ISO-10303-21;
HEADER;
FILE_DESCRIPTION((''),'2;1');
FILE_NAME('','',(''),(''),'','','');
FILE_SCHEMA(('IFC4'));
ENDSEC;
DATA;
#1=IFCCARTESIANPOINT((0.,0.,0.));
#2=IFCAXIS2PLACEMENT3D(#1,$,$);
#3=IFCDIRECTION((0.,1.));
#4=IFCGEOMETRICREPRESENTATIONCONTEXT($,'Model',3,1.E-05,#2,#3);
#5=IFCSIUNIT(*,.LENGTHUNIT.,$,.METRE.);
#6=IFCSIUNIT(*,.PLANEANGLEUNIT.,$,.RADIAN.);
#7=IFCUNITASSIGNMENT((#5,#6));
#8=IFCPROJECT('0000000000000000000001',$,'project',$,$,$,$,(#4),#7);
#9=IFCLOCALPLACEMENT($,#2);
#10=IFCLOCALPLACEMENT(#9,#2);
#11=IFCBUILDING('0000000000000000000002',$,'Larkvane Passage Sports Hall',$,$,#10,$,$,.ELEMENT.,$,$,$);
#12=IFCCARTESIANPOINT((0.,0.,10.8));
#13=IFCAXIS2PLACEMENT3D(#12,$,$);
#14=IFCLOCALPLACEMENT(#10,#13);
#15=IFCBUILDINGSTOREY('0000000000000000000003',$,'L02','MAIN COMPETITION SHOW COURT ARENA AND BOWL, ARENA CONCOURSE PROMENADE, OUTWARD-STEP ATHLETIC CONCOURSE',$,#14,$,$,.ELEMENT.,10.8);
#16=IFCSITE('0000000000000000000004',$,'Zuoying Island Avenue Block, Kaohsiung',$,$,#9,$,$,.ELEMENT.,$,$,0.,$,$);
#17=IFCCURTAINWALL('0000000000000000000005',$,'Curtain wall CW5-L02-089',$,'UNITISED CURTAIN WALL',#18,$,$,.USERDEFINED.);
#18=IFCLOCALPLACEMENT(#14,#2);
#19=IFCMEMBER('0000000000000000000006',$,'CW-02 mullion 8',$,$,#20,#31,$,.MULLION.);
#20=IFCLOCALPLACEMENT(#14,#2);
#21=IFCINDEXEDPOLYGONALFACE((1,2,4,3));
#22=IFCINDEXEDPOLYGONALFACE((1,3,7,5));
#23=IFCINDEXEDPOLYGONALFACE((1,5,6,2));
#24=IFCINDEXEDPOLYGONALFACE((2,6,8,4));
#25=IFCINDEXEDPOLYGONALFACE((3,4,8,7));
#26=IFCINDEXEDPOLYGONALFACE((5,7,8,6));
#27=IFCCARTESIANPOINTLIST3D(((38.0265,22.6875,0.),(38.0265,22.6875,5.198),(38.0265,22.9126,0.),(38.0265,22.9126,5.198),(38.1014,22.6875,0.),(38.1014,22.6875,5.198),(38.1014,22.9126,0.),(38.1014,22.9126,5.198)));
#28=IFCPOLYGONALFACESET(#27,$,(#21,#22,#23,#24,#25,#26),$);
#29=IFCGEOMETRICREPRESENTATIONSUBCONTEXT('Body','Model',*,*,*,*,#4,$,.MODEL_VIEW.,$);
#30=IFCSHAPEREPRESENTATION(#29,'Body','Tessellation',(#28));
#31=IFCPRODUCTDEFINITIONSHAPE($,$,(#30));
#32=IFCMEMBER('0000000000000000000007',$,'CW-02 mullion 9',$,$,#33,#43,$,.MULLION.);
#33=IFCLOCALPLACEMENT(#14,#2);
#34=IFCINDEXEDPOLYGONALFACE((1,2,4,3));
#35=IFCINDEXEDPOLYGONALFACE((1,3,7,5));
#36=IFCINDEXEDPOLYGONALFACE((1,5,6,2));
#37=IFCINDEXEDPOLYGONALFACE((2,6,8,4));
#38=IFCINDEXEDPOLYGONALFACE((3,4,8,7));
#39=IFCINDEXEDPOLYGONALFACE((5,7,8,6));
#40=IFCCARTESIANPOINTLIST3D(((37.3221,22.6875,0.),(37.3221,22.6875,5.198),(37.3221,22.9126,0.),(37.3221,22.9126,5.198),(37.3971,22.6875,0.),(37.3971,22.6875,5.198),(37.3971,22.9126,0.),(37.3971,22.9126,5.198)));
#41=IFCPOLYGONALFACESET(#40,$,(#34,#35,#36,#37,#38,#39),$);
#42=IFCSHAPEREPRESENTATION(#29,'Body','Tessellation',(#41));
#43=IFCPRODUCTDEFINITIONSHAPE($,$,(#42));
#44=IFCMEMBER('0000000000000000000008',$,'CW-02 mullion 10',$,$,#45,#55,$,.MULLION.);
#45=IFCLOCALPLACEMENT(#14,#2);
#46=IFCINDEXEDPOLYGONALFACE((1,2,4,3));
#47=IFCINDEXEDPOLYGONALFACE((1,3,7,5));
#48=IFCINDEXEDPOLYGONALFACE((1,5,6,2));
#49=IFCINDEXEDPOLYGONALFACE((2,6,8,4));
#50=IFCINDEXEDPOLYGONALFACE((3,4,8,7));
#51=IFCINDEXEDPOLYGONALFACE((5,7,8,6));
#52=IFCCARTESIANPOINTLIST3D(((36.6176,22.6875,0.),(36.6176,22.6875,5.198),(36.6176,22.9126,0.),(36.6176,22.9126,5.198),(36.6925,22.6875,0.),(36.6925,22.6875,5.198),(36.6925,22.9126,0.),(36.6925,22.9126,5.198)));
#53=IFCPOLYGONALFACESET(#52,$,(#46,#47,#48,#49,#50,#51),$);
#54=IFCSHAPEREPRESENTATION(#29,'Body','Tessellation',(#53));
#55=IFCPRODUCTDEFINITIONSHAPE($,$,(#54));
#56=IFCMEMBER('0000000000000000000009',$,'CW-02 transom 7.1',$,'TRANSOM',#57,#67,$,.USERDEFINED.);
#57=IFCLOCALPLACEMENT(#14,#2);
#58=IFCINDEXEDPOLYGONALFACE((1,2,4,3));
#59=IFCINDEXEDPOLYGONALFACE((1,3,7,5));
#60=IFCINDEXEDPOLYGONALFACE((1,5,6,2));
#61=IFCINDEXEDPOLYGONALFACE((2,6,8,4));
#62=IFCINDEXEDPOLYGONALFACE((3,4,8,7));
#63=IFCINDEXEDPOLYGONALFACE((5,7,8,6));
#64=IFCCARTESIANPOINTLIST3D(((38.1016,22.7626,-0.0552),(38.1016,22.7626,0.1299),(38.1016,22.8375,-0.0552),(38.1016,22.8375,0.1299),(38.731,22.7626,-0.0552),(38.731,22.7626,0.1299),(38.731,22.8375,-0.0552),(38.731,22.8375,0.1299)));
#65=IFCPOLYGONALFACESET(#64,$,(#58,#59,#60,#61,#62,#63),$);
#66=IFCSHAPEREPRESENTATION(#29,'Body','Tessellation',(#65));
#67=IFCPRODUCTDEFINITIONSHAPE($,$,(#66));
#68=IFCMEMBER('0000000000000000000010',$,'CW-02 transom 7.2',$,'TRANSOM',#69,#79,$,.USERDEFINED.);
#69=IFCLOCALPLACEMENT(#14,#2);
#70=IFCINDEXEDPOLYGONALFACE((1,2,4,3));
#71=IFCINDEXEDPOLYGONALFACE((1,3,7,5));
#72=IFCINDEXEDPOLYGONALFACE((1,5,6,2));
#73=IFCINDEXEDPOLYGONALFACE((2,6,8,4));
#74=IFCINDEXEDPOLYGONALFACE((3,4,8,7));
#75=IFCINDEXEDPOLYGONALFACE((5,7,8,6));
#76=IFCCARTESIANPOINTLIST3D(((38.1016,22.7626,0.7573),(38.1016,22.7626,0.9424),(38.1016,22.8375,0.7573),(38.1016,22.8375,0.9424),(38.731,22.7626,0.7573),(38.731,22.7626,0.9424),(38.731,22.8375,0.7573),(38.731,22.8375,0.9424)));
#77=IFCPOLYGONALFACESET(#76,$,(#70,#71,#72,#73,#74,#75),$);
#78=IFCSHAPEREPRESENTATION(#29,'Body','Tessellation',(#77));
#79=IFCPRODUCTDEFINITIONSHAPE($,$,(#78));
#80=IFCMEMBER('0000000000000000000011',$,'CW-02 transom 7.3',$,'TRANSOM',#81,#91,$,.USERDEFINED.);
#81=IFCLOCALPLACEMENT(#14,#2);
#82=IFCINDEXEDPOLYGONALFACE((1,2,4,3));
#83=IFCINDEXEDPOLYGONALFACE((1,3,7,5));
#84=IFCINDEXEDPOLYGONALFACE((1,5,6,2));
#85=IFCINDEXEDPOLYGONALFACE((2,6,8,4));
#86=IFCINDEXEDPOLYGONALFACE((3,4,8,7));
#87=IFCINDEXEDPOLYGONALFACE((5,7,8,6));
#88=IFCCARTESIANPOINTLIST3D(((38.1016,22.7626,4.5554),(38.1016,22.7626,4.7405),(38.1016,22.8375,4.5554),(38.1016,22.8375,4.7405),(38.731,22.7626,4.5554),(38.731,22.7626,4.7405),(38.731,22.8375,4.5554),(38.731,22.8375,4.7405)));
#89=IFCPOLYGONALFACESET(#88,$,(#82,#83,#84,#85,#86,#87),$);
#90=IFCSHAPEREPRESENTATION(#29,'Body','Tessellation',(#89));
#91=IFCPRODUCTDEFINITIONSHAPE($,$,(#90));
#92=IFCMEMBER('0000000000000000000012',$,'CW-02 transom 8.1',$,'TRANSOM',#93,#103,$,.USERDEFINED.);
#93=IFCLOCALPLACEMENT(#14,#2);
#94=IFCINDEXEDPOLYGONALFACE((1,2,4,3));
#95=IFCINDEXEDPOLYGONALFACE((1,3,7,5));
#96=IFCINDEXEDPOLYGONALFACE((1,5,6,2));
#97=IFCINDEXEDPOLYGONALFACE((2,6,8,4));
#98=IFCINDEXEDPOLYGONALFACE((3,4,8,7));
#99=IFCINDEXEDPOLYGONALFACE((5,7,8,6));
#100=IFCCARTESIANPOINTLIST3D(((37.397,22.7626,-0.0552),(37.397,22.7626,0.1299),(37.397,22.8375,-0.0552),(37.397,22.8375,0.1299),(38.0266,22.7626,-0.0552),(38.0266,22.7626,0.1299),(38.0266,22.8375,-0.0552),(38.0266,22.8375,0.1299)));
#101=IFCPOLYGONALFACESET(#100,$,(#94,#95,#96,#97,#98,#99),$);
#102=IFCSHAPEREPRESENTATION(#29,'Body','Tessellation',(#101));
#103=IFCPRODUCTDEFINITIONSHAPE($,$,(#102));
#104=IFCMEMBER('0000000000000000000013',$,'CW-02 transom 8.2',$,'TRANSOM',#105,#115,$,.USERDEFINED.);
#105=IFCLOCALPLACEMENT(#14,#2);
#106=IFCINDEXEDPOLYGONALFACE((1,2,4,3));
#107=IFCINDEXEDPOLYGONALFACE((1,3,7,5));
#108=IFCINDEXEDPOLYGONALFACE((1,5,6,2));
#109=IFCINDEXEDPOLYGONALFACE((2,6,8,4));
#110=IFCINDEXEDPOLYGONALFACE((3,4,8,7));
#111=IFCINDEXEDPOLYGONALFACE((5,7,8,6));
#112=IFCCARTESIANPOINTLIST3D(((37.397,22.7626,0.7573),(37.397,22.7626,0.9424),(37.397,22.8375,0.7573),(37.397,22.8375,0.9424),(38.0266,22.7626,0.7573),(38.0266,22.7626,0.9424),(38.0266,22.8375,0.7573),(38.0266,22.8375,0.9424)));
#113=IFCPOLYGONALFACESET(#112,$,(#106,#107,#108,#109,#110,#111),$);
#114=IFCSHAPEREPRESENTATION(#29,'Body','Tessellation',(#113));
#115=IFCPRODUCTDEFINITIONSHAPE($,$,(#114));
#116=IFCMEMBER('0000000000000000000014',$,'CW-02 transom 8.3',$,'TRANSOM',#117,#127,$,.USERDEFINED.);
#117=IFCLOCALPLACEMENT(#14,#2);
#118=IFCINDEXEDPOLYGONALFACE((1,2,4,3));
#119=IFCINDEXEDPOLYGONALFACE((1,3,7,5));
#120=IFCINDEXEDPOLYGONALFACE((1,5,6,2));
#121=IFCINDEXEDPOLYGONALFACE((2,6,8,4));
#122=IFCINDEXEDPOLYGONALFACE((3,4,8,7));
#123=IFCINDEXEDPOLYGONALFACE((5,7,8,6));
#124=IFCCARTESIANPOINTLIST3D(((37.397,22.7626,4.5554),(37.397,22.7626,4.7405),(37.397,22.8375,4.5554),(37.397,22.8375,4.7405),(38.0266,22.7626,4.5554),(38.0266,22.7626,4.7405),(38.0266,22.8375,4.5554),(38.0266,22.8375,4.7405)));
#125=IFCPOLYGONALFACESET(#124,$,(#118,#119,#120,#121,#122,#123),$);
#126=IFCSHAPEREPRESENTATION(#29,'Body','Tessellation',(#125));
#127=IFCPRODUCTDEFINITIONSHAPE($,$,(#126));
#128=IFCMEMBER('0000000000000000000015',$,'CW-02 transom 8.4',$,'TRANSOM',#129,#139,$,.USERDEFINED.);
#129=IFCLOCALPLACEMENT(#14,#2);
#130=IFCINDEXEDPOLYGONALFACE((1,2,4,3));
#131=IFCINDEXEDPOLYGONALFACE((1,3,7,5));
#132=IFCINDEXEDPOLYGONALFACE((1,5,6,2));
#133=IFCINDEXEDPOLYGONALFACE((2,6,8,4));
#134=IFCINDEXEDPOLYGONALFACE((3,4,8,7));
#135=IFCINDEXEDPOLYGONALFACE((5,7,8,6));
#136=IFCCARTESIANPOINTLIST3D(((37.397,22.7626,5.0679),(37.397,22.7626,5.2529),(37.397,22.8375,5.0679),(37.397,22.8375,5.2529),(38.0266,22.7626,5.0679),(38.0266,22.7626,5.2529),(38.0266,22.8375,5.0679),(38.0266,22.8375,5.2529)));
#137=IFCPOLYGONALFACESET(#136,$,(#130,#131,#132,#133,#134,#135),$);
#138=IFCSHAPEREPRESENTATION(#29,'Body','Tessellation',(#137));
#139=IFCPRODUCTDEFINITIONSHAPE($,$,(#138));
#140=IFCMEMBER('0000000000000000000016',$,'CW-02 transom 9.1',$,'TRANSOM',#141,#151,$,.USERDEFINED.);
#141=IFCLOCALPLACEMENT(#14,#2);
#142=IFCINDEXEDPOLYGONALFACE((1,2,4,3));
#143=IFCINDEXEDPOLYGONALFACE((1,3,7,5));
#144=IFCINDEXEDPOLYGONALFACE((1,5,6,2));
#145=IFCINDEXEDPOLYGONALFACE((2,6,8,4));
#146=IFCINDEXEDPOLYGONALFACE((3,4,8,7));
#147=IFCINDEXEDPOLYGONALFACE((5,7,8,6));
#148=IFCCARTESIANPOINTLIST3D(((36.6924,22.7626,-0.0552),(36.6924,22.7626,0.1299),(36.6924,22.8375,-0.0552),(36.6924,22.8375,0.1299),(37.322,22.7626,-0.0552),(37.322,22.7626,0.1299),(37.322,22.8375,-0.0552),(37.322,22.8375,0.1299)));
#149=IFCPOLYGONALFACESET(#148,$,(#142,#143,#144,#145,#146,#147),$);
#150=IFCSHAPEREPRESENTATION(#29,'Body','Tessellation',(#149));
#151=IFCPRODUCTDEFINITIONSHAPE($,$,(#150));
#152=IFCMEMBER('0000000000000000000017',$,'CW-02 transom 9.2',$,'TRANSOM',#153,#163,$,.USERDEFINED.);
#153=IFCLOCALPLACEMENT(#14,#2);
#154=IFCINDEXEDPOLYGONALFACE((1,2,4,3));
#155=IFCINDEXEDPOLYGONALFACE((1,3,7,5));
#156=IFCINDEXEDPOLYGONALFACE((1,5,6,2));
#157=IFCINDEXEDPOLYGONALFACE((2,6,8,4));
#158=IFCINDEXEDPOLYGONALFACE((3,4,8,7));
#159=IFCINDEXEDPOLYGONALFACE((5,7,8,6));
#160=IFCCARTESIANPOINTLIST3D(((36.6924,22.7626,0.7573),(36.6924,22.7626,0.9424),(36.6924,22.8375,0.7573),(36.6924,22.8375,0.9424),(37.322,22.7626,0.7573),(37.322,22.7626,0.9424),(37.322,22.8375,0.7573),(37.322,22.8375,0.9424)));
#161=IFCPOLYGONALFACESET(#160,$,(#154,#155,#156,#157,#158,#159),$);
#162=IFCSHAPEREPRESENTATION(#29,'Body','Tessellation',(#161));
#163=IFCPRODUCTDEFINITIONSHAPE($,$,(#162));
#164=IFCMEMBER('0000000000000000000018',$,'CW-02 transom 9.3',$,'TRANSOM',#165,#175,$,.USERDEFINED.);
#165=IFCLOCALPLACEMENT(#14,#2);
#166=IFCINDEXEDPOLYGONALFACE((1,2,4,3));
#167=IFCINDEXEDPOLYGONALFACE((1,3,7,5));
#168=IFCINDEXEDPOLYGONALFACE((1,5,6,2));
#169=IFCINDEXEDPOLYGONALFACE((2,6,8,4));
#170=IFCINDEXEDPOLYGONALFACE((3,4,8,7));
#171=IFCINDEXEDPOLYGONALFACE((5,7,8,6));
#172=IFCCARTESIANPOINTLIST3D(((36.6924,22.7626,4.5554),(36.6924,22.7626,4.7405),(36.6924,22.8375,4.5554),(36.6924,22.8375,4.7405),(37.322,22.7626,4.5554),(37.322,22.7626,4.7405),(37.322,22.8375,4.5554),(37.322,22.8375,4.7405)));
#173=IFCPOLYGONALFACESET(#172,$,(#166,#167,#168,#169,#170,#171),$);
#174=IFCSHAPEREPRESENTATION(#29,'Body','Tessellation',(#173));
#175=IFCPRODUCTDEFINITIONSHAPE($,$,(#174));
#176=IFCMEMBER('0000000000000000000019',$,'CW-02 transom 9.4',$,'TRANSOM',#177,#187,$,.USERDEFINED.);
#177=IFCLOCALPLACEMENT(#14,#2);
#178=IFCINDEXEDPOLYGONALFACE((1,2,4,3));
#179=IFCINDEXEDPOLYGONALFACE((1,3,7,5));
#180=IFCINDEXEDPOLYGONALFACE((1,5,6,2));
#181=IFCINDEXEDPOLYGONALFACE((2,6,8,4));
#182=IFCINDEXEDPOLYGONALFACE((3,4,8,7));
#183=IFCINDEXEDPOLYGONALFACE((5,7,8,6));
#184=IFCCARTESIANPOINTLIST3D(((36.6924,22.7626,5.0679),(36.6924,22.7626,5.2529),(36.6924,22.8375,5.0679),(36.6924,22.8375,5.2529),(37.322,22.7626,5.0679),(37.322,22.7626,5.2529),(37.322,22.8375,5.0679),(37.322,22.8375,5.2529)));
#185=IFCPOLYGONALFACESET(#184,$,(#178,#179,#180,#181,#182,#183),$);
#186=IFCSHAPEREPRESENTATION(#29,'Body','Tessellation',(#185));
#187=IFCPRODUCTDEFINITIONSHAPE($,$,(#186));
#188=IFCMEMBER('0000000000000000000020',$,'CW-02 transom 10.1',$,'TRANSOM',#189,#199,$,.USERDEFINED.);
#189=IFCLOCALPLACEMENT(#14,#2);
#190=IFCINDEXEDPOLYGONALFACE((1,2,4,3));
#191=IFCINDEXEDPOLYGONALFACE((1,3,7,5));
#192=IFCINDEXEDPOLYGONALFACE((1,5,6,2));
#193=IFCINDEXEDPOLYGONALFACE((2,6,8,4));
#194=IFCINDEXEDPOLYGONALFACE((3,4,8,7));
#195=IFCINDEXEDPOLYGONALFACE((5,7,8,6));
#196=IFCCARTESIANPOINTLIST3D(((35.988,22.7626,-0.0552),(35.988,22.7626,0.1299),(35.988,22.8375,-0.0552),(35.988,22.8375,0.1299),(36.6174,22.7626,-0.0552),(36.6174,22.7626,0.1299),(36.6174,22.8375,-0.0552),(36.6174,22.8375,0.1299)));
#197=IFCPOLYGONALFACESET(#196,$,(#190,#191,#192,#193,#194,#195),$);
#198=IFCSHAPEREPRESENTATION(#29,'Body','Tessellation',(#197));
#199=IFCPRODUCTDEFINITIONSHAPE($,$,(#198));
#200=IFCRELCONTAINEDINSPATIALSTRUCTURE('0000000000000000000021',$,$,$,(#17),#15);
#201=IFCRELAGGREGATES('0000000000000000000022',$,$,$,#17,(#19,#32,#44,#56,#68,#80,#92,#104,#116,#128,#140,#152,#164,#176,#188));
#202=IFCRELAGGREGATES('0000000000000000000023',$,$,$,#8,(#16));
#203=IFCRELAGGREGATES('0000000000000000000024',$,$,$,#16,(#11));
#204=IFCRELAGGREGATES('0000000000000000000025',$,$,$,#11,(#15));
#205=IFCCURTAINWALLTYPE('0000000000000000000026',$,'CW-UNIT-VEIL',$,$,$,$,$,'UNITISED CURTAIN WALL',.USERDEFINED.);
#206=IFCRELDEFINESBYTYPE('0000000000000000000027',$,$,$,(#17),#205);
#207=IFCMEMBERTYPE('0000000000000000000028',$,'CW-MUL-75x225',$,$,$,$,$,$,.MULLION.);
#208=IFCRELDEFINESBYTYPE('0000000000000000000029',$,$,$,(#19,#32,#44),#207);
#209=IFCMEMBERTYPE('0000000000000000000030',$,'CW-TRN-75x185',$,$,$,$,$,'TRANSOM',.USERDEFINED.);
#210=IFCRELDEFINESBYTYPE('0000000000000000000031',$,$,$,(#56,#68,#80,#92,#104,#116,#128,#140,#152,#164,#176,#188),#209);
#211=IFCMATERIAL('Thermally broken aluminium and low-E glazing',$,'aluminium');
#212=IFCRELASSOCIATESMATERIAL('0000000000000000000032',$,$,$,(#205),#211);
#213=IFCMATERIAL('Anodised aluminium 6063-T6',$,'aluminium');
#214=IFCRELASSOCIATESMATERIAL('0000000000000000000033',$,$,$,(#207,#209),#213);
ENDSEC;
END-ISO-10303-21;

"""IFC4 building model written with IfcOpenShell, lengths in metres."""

from ifc_helpers import new_model, si_unit, direction, frame, origin, origin_2d, place, context, subcontext, project, spatial, rectangle, extrude, material, material_profile, profile_set, type_object, element, aggregate, save


model = new_model("IFC4")

# Units and contexts
model_context = context("Model", 3, precision=1e-05, world=origin(), true_north=direction((0.0, 1.0)))
body_context = subcontext(model_context, "Body", "Model", "MODEL_VIEW")
ifc_project = project(units=[si_unit("LENGTHUNIT", "METRE"), si_unit("PLANEANGLEUNIT", "RADIAN")], contexts=[model_context])

# Site, building, storey
site_placement = place(None, origin())
site = spatial("IfcSite", under=ifc_project, at=site_placement, Name="Zuoying Island Avenue Block, Kaohsiung", CompositionType="ELEMENT", RefElevation=0.0)
building_placement = place(site_placement, origin())
building = spatial("IfcBuilding", under=site, at=building_placement, Name="Larkvane Passage Sports Hall", CompositionType="ELEMENT")
storey_placement = place(building_placement, frame((0.0, 0.0, 10.8)))
storey = spatial("IfcBuildingStorey", under=building, at=storey_placement, Name="L02", Description="MAIN COMPETITION SHOW COURT ARENA AND BOWL, ARENA CONCOURSE PROMENADE, OUTWARD-STEP ATHLETIC CONCOURSE", CompositionType="ELEMENT", Elevation=10.8)

# Curtain wall, members
ifc_material_1 = material(Name="Thermally broken aluminium and low-E glazing", Category="aluminium")
curtain_wall_type = type_object("IfcCurtainWallType", Name="CW-UNIT-VEIL", ElementType="UNITISED CURTAIN WALL", PredefinedType="USERDEFINED", material=ifc_material_1)
curtain_wall_placement = place(storey_placement, origin())
curtain_wall = element("IfcCurtainWall", 1, at=curtain_wall_placement, inside=storey, type_object=curtain_wall_type, Name="Curtain wall CW5-L02-089", ObjectType="UNITISED CURTAIN WALL", PredefinedType="USERDEFINED")
ifc_material_2 = material(Name="Anodised aluminium 6063-T6", Category="aluminium")
ifc_material_profile_1 = material_profile(ifc_material_2, rectangle(XDim=0.075, YDim=0.2251, at=origin_2d()), Name="ALU-MUL-75x225")
ifc_profile_set_1 = profile_set([ifc_material_profile_1], Name="Anodised aluminium 6063-T6")
member_type_1 = type_object("IfcMemberType", Name="CW-MUL-75x225", PredefinedType="MULLION", material=ifc_profile_set_1)
member_1_placement = place(storey_placement, frame((38.064, 22.8, 0.0), z_axis=(0.0, 0.0, 1.0), x_axis=(-1.0, 0.0, 0.0)))
member_1 = element("IfcMember", 2, at=member_1_placement, type_object=member_type_1, Name="CW-02 mullion 8", PredefinedType="MULLION", context=body_context, shape_type="SweptSolid", body=[
    extrude(rectangle(XDim=0.075, YDim=0.2251, at=origin_2d()), origin(), (0.0, 0.0, 1.0), 5.198),
])
member_2_placement = place(storey_placement, frame((37.3596, 22.8, 0.0), z_axis=(0.0, 0.0, 1.0), x_axis=(-1.0, 0.0, 0.0)))
member_2 = element("IfcMember", 3, at=member_2_placement, type_object=member_type_1, Name="CW-02 mullion 9", PredefinedType="MULLION", context=body_context, shape_type="SweptSolid", body=[
    extrude(rectangle(XDim=0.075, YDim=0.2251, at=origin_2d()), origin(), (0.0, 0.0, 1.0), 5.198),
])
member_3_placement = place(storey_placement, frame((36.655, 22.8, 0.0), z_axis=(0.0, 0.0, 1.0), x_axis=(-1.0, 0.0, 0.0)))
member_3 = element("IfcMember", 4, at=member_3_placement, type_object=member_type_1, Name="CW-02 mullion 10", PredefinedType="MULLION", context=body_context, shape_type="SweptSolid", body=[
    extrude(rectangle(XDim=0.075, YDim=0.2251, at=origin_2d()), origin(), (0.0, 0.0, 1.0), 5.198),
])
ifc_material_profile_2 = material_profile(ifc_material_2, rectangle(XDim=0.075, YDim=0.1851, at=origin_2d()), Name="ALU-TRN-75x185")
ifc_profile_set_2 = profile_set([ifc_material_profile_2], Name="Anodised aluminium 6063-T6")
member_type_2 = type_object("IfcMemberType", Name="CW-TRN-75x185", ElementType="TRANSOM", PredefinedType="USERDEFINED", material=ifc_profile_set_2)
member_4_placement = place(storey_placement, frame((38.731, 22.8, 0.0374), z_axis=(-1.0, 0.0, 0.0), x_axis=(0.0, -1.0, 0.0)))
member_4 = element("IfcMember", 5, at=member_4_placement, type_object=member_type_2, Name="CW-02 transom 7.1", ObjectType="TRANSOM", PredefinedType="USERDEFINED", context=body_context, shape_type="SweptSolid", body=[
    extrude(rectangle(XDim=0.075, YDim=0.1851, at=origin_2d()), origin(), (0.0, 0.0, 1.0), 0.6294),
])
member_5_placement = place(storey_placement, frame((38.731, 22.8, 0.8499), z_axis=(-1.0, 0.0, 0.0), x_axis=(0.0, -1.0, 0.0)))
member_5 = element("IfcMember", 6, at=member_5_placement, type_object=member_type_2, Name="CW-02 transom 7.2", ObjectType="TRANSOM", PredefinedType="USERDEFINED", context=body_context, shape_type="SweptSolid", body=[
    extrude(rectangle(XDim=0.075, YDim=0.1851, at=origin_2d()), origin(), (0.0, 0.0, 1.0), 0.6294),
])
member_6_placement = place(storey_placement, frame((38.731, 22.8, 4.6479), z_axis=(-1.0, 0.0, 0.0), x_axis=(0.0, -1.0, 0.0)))
member_6 = element("IfcMember", 7, at=member_6_placement, type_object=member_type_2, Name="CW-02 transom 7.3", ObjectType="TRANSOM", PredefinedType="USERDEFINED", context=body_context, shape_type="SweptSolid", body=[
    extrude(rectangle(XDim=0.075, YDim=0.1851, at=origin_2d()), origin(), (0.0, 0.0, 1.0), 0.6294),
])
member_7_placement = place(storey_placement, frame((38.0266, 22.8, 0.0374), z_axis=(-1.0, 0.0, 0.0), x_axis=(0.0, -1.0, 0.0)))
member_7 = element("IfcMember", 8, at=member_7_placement, type_object=member_type_2, Name="CW-02 transom 8.1", ObjectType="TRANSOM", PredefinedType="USERDEFINED", context=body_context, shape_type="SweptSolid", body=[
    extrude(rectangle(XDim=0.075, YDim=0.1851, at=origin_2d()), origin(), (0.0, 0.0, 1.0), 0.6296),
])
member_8_placement = place(storey_placement, frame((38.0266, 22.8, 0.8499), z_axis=(-1.0, 0.0, 0.0), x_axis=(0.0, -1.0, 0.0)))
member_8 = element("IfcMember", 9, at=member_8_placement, type_object=member_type_2, Name="CW-02 transom 8.2", ObjectType="TRANSOM", PredefinedType="USERDEFINED", context=body_context, shape_type="SweptSolid", body=[
    extrude(rectangle(XDim=0.075, YDim=0.1851, at=origin_2d()), origin(), (0.0, 0.0, 1.0), 0.6296),
])
member_9_placement = place(storey_placement, frame((38.0266, 22.8, 4.6479), z_axis=(-1.0, 0.0, 0.0), x_axis=(0.0, -1.0, 0.0)))
member_9 = element("IfcMember", 10, at=member_9_placement, type_object=member_type_2, Name="CW-02 transom 8.3", ObjectType="TRANSOM", PredefinedType="USERDEFINED", context=body_context, shape_type="SweptSolid", body=[
    extrude(rectangle(XDim=0.075, YDim=0.1851, at=origin_2d()), origin(), (0.0, 0.0, 1.0), 0.6296),
])
member_10_placement = place(storey_placement, frame((38.0266, 22.8, 5.1604), z_axis=(-1.0, 0.0, 0.0), x_axis=(0.0, -1.0, 0.0)))
member_10 = element("IfcMember", 11, at=member_10_placement, type_object=member_type_2, Name="CW-02 transom 8.4", ObjectType="TRANSOM", PredefinedType="USERDEFINED", context=body_context, shape_type="SweptSolid", body=[
    extrude(rectangle(XDim=0.075, YDim=0.1851, at=origin_2d()), origin(), (0.0, 0.0, 1.0), 0.6296),
])
member_11_placement = place(storey_placement, frame((37.322, 22.8, 0.0374), z_axis=(-1.0, 0.0, 0.0), x_axis=(0.0, -1.0, 0.0)))
member_11 = element("IfcMember", 12, at=member_11_placement, type_object=member_type_2, Name="CW-02 transom 9.1", ObjectType="TRANSOM", PredefinedType="USERDEFINED", context=body_context, shape_type="SweptSolid", body=[
    extrude(rectangle(XDim=0.075, YDim=0.1851, at=origin_2d()), origin(), (0.0, 0.0, 1.0), 0.6296),
])
member_12_placement = place(storey_placement, frame((37.322, 22.8, 0.8499), z_axis=(-1.0, 0.0, 0.0), x_axis=(0.0, -1.0, 0.0)))
member_12 = element("IfcMember", 13, at=member_12_placement, type_object=member_type_2, Name="CW-02 transom 9.2", ObjectType="TRANSOM", PredefinedType="USERDEFINED", context=body_context, shape_type="SweptSolid", body=[
    extrude(rectangle(XDim=0.075, YDim=0.1851, at=origin_2d()), origin(), (0.0, 0.0, 1.0), 0.6296),
])
member_13_placement = place(storey_placement, frame((37.322, 22.8, 4.6479), z_axis=(-1.0, 0.0, 0.0), x_axis=(0.0, -1.0, 0.0)))
member_13 = element("IfcMember", 14, at=member_13_placement, type_object=member_type_2, Name="CW-02 transom 9.3", ObjectType="TRANSOM", PredefinedType="USERDEFINED", context=body_context, shape_type="SweptSolid", body=[
    extrude(rectangle(XDim=0.075, YDim=0.1851, at=origin_2d()), origin(), (0.0, 0.0, 1.0), 0.6296),
])
member_14_placement = place(storey_placement, frame((37.322, 22.8, 5.1604), z_axis=(-1.0, 0.0, 0.0), x_axis=(0.0, -1.0, 0.0)))
member_14 = element("IfcMember", 15, at=member_14_placement, type_object=member_type_2, Name="CW-02 transom 9.4", ObjectType="TRANSOM", PredefinedType="USERDEFINED", context=body_context, shape_type="SweptSolid", body=[
    extrude(rectangle(XDim=0.075, YDim=0.1851, at=origin_2d()), origin(), (0.0, 0.0, 1.0), 0.6296),
])
member_15_placement = place(storey_placement, frame((36.6174, 22.8, 0.0374), z_axis=(-1.0, 0.0, 0.0), x_axis=(0.0, -1.0, 0.0)))
member_15 = element("IfcMember", 16, at=member_15_placement, type_object=member_type_2, Name="CW-02 transom 10.1", ObjectType="TRANSOM", PredefinedType="USERDEFINED", context=body_context, shape_type="SweptSolid", body=[
    extrude(rectangle(XDim=0.075, YDim=0.1851, at=origin_2d()), origin(), (0.0, 0.0, 1.0), 0.6294),
])
aggregate(curtain_wall, [member_1, member_2, member_3, member_4, member_5, member_6, member_7, member_8, member_9, member_10, member_11, member_12, member_13, member_14, member_15])

save(model, "model.ifc")
